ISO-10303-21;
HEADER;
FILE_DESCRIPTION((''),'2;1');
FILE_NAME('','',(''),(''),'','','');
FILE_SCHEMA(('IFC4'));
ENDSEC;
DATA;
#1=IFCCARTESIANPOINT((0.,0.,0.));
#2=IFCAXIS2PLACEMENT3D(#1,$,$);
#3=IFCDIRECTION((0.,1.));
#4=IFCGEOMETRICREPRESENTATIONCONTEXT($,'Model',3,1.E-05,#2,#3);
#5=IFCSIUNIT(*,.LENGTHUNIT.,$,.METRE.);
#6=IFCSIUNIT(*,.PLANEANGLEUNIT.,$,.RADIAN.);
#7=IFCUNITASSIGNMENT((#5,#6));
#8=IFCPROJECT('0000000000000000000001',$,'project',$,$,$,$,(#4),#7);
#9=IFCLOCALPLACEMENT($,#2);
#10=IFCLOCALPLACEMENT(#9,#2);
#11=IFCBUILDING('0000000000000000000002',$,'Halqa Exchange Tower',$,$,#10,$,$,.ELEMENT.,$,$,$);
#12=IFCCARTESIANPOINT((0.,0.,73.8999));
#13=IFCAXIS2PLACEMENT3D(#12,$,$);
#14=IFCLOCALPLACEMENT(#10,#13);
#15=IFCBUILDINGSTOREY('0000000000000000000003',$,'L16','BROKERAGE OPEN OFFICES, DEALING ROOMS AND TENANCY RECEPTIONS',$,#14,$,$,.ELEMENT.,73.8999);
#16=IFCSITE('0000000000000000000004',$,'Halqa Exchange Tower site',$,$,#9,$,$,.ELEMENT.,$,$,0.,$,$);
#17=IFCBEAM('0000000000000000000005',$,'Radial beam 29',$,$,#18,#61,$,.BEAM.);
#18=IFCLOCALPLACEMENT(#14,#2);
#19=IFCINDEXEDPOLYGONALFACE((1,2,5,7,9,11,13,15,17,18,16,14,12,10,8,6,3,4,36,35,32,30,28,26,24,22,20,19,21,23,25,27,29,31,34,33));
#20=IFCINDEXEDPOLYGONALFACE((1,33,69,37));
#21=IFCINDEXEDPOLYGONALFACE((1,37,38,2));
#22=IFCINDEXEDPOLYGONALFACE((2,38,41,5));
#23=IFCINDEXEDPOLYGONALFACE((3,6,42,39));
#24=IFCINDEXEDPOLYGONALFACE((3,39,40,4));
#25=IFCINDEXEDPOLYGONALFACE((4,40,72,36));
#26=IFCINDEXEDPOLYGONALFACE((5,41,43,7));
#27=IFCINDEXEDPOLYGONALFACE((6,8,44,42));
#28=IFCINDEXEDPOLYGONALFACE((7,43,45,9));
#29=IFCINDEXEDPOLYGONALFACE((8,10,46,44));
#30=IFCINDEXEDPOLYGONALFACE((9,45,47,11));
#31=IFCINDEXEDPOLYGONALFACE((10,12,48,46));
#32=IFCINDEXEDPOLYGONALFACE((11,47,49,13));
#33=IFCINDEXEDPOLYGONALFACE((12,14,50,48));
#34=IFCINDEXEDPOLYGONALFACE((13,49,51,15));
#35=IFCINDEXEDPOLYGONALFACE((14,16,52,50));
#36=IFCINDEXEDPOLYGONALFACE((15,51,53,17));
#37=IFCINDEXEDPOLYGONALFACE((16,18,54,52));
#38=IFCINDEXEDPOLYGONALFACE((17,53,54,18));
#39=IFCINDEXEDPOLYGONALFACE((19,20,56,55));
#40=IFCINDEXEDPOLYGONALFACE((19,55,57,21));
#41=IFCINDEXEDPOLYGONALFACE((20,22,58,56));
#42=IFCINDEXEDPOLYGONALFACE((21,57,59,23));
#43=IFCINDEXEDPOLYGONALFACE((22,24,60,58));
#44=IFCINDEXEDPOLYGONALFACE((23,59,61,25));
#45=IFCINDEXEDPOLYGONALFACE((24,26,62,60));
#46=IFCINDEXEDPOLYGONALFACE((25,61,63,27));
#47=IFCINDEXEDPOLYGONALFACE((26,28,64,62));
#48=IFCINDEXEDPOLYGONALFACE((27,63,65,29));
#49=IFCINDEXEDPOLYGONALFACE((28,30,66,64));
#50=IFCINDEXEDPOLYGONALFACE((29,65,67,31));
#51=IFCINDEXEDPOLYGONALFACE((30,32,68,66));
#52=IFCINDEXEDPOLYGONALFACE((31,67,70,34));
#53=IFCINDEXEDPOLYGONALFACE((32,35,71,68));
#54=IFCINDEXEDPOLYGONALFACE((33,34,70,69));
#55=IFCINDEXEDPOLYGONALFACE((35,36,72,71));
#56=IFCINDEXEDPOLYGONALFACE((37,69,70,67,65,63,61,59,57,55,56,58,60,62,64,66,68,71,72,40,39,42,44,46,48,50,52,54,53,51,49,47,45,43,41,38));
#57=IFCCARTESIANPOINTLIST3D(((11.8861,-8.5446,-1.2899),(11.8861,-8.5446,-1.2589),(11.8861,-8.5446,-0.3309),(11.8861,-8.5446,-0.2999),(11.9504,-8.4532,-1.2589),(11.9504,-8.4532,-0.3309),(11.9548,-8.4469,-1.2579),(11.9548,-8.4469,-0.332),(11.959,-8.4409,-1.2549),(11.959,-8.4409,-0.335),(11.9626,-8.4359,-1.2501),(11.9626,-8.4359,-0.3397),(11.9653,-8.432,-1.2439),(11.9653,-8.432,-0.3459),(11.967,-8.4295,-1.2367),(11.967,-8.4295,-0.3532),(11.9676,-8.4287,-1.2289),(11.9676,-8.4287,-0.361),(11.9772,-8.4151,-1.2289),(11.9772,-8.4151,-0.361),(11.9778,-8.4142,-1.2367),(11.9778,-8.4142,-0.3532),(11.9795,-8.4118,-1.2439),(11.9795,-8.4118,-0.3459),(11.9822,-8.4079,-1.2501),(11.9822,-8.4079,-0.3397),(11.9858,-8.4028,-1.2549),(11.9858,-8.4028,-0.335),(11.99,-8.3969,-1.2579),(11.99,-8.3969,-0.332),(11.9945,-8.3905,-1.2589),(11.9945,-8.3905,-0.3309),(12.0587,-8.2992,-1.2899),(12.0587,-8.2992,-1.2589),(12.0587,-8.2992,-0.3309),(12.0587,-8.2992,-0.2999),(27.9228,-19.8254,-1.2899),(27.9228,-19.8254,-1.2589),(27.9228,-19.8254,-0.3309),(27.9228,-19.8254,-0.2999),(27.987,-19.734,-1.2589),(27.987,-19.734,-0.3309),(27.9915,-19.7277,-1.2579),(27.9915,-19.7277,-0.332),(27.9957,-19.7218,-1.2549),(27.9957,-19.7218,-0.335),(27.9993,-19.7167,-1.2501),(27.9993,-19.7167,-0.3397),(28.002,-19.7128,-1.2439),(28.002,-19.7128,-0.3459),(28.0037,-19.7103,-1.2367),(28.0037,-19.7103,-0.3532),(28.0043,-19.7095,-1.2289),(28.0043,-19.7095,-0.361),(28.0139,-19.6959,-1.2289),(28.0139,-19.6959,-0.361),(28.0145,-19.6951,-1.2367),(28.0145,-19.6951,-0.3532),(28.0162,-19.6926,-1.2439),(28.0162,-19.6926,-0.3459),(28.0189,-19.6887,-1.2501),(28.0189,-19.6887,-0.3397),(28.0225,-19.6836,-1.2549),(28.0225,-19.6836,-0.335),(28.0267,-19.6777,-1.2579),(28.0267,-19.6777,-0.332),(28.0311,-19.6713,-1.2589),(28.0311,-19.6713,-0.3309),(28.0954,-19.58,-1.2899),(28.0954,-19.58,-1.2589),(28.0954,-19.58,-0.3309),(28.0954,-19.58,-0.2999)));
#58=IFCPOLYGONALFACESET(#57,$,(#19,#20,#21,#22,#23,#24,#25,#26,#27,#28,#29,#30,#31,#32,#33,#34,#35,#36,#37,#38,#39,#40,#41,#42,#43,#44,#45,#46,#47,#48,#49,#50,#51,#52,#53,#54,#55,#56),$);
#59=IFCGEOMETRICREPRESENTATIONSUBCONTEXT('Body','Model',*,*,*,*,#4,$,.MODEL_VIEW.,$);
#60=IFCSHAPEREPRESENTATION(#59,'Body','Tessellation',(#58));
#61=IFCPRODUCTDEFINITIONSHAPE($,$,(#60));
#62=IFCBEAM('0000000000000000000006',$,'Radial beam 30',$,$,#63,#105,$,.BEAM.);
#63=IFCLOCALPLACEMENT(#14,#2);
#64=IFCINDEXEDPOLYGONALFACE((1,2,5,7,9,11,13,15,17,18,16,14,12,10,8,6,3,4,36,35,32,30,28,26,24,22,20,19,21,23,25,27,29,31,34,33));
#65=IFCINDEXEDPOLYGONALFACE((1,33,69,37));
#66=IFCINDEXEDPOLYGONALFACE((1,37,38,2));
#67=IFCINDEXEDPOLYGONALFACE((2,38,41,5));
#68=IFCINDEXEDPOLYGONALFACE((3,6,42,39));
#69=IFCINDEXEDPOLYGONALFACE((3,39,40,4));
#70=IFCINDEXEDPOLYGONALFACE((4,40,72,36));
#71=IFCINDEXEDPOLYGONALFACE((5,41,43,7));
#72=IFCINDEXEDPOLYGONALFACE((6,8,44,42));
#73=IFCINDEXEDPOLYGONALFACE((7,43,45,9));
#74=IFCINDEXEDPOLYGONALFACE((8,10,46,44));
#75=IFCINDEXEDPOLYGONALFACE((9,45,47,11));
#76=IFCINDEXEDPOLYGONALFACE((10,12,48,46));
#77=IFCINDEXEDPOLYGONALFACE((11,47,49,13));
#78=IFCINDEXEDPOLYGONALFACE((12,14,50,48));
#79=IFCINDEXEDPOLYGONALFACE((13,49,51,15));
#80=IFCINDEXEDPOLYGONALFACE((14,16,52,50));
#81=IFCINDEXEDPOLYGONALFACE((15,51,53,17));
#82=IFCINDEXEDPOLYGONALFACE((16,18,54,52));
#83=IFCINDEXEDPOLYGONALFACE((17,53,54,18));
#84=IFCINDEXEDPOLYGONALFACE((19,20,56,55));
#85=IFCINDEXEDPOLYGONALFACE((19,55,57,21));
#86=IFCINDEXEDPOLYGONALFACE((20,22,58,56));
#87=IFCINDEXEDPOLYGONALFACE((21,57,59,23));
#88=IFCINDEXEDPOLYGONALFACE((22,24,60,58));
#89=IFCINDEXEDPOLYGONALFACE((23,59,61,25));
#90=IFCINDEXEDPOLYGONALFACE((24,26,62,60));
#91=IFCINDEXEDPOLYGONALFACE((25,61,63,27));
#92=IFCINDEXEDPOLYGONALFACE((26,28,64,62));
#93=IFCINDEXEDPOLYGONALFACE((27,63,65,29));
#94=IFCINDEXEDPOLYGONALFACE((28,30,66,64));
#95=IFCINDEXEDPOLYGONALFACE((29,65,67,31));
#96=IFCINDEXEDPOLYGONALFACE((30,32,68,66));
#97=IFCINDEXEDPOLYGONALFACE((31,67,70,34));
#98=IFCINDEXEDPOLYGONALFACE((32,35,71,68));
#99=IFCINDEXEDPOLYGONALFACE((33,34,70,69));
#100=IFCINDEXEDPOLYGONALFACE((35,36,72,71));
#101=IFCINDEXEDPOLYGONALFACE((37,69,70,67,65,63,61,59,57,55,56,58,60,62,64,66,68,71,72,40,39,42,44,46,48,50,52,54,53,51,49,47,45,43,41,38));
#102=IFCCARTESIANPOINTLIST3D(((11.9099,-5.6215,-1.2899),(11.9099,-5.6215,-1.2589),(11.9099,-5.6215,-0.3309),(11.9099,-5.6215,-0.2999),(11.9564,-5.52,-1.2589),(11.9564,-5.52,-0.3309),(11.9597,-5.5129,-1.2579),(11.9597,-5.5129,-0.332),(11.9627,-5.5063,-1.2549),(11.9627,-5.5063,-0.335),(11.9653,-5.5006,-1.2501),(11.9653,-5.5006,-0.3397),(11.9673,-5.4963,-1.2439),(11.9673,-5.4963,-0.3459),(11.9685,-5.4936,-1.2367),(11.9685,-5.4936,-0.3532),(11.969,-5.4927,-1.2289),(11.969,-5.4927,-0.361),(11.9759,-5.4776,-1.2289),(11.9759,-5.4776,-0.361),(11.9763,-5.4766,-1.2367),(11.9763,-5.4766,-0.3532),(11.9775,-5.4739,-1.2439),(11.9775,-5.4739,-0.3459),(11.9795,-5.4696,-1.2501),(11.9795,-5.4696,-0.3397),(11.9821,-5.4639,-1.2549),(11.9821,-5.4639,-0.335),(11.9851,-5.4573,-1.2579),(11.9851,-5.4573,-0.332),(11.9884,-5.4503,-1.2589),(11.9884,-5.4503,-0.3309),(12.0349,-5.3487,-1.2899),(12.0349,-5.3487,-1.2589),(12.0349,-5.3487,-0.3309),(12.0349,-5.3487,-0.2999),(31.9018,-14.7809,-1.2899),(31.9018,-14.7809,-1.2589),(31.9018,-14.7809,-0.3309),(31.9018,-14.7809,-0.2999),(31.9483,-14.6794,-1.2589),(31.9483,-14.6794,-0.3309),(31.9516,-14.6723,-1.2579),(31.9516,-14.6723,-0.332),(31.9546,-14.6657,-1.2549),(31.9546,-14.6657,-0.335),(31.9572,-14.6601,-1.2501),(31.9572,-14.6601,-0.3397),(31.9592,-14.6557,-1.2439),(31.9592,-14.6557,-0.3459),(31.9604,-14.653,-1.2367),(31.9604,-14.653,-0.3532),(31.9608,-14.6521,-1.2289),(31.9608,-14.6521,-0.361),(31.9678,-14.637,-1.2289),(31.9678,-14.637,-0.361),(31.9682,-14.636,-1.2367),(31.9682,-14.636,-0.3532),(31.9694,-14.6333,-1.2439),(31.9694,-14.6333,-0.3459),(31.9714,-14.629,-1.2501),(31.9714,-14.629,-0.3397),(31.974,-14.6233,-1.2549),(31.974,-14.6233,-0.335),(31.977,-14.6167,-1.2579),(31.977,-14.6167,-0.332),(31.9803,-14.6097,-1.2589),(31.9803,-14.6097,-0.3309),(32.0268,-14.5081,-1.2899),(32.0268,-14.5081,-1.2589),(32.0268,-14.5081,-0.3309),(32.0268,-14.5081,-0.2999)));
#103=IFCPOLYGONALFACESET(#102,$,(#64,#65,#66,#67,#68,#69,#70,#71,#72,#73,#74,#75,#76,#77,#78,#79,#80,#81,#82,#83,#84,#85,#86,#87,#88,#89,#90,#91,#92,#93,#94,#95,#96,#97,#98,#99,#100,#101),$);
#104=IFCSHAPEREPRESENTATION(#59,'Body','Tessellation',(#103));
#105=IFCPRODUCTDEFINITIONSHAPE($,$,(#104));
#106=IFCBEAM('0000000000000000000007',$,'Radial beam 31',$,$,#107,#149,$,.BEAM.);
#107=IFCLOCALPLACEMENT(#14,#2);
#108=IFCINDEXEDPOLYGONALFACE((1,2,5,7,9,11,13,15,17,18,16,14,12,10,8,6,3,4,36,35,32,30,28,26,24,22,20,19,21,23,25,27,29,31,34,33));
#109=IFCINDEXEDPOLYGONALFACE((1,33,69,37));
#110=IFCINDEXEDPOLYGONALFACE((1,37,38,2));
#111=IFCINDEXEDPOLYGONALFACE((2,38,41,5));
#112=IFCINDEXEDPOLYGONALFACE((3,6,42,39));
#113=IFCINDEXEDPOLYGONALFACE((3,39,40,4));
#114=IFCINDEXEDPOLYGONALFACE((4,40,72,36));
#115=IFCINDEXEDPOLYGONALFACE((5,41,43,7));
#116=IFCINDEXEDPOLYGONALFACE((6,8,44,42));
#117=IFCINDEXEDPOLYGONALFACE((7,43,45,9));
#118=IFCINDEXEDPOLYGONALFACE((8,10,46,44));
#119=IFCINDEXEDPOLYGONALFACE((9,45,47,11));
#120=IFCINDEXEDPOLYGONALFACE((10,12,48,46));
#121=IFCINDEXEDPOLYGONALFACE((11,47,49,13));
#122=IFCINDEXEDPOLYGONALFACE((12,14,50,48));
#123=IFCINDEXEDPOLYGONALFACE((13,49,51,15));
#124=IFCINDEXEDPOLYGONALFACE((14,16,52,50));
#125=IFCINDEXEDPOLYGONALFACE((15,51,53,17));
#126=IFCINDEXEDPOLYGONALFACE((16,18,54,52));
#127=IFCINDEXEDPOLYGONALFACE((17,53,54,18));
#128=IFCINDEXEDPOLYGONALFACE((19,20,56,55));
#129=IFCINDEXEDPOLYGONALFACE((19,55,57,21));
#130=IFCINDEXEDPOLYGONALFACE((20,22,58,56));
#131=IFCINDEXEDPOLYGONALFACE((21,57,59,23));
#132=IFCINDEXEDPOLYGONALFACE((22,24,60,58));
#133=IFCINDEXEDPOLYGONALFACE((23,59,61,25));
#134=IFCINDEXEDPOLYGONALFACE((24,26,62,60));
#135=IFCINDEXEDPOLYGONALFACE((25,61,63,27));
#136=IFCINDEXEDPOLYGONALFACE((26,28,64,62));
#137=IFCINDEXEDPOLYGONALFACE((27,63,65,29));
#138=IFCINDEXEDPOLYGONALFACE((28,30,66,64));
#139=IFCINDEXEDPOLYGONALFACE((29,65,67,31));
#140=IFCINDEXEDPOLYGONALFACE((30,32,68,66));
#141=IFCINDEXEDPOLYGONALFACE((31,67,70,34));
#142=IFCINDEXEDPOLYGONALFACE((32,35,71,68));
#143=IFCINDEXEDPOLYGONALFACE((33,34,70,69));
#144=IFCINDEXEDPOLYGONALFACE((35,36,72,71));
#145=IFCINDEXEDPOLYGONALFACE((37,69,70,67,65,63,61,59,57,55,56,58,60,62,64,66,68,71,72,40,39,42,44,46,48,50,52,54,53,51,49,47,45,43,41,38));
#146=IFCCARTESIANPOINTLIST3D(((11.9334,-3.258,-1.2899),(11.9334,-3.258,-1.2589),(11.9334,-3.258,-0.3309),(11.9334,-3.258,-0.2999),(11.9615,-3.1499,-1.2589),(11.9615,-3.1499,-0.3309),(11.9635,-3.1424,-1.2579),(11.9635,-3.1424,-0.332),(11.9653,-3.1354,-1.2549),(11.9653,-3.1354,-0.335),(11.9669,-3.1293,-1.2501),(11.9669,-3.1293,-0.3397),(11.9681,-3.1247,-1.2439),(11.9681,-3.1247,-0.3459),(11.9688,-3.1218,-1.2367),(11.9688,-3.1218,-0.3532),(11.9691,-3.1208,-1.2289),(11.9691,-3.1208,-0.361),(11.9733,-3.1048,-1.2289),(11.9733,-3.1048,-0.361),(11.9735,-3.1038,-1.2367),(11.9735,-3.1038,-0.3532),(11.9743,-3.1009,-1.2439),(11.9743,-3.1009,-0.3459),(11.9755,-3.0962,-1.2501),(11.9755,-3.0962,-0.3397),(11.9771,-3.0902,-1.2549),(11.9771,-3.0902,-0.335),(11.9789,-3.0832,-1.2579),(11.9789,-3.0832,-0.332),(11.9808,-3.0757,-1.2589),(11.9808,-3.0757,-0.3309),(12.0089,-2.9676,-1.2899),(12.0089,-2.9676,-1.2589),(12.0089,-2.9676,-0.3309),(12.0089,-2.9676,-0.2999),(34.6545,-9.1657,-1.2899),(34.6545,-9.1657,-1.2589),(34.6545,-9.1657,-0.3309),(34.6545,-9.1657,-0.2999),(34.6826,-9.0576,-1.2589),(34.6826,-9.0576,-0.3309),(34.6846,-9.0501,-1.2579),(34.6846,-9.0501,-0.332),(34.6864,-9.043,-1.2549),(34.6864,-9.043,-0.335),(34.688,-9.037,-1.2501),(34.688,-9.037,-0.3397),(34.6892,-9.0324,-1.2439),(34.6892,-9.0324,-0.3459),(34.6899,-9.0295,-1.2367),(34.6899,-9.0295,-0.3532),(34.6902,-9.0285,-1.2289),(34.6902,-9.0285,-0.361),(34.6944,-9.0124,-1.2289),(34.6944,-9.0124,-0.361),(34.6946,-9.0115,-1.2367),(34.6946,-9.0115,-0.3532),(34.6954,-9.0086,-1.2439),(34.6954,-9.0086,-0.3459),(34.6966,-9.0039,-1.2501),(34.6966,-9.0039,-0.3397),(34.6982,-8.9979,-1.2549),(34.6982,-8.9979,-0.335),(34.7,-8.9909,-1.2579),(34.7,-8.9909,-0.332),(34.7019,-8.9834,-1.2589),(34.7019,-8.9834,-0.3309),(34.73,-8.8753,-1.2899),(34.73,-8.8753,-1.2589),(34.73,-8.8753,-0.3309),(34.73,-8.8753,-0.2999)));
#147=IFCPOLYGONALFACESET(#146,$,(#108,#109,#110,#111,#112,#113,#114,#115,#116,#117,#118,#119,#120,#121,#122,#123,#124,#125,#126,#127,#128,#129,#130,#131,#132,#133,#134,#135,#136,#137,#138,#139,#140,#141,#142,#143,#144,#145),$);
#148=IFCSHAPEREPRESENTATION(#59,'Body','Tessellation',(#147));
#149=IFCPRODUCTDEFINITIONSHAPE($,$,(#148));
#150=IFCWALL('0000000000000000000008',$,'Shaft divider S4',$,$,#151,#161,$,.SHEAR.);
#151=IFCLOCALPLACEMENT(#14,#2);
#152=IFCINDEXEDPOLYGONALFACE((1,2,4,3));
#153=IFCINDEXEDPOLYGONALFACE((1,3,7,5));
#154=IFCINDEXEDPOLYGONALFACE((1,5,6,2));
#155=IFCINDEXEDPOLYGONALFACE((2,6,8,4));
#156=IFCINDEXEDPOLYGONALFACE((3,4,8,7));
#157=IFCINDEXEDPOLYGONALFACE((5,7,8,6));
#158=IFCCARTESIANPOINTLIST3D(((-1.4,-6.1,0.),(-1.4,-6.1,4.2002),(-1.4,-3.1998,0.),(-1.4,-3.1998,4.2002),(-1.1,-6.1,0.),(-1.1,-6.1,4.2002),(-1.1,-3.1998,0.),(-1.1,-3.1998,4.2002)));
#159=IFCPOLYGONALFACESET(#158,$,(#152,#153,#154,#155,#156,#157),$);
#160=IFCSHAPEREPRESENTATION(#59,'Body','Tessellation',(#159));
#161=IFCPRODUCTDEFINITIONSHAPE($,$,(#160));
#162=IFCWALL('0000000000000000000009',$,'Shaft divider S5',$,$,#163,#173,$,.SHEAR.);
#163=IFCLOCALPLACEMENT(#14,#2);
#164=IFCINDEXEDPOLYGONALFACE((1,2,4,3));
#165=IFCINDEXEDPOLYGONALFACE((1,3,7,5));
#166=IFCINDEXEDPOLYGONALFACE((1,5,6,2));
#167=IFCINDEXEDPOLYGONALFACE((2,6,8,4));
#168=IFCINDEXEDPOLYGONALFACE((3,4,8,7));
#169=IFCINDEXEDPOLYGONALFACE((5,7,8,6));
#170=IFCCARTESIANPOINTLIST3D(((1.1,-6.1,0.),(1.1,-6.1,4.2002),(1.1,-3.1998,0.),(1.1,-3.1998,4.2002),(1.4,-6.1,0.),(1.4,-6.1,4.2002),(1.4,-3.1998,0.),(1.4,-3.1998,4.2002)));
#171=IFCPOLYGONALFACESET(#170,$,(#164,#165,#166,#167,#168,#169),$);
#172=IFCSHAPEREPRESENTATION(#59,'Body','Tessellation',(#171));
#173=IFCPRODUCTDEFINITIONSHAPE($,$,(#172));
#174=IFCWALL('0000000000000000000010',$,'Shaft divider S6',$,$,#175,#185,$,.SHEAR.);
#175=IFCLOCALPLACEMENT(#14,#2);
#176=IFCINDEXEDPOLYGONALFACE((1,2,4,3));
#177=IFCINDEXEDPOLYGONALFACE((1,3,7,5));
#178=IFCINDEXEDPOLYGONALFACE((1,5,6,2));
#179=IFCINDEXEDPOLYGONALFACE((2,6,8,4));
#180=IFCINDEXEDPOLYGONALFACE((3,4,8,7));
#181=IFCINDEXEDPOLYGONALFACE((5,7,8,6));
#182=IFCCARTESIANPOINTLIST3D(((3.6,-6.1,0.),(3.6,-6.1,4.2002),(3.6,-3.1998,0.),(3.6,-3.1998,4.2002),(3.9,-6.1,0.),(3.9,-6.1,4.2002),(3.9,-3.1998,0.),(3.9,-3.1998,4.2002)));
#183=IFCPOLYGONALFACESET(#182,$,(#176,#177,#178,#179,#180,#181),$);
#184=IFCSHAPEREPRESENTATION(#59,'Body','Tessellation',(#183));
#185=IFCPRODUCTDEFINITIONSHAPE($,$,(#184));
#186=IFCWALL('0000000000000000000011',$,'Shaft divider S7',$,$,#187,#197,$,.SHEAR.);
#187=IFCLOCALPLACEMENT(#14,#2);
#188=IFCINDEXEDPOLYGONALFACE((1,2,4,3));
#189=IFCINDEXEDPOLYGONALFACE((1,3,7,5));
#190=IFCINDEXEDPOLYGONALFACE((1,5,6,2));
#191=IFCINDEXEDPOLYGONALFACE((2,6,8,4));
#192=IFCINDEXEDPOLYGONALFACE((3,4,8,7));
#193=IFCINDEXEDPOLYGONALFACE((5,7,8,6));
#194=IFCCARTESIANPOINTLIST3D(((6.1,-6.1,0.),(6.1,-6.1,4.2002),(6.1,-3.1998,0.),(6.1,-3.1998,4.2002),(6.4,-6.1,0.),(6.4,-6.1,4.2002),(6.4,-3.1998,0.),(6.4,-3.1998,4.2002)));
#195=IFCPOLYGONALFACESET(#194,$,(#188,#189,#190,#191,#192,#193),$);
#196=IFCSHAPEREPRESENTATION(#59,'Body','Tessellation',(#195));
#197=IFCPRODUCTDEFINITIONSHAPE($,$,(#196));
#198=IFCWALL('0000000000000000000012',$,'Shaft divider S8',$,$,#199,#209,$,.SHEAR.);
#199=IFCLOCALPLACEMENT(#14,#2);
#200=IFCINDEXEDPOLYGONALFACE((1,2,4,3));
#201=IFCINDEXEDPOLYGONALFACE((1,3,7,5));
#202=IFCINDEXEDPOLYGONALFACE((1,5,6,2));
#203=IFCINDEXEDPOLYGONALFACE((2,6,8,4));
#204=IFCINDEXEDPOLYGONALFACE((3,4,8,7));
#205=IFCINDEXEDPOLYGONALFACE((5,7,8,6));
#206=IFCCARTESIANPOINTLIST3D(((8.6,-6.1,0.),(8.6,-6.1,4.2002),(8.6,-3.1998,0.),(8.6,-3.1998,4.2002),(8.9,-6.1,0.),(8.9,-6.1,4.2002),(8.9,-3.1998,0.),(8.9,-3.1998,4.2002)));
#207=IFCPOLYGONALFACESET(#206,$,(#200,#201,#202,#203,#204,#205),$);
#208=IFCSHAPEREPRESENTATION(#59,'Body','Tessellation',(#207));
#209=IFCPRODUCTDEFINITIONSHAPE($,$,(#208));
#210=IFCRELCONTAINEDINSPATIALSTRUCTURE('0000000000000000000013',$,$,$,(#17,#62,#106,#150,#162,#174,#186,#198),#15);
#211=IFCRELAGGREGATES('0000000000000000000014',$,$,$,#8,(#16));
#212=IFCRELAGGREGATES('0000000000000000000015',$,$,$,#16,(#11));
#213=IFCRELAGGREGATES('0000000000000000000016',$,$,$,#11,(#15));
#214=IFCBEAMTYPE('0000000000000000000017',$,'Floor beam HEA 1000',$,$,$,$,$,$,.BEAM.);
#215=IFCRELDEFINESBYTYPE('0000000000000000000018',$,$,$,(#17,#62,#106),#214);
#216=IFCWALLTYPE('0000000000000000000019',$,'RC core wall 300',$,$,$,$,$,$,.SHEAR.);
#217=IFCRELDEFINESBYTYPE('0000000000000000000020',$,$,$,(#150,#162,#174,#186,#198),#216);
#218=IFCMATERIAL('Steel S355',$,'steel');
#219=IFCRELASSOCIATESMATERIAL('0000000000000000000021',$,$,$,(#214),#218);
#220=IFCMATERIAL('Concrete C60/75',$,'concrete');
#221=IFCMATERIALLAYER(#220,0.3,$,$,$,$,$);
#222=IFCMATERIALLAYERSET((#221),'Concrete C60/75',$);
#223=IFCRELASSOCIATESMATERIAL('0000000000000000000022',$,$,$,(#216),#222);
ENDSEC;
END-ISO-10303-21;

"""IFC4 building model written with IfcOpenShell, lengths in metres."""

from ifc_helpers import new_model, si_unit, direction, frame, frame_2d, origin, origin_2d, place, context, subcontext, project, spatial, rectangle, i_section, extrude, material, layer, layer_set, material_profile, profile_set, type_object, element, save


model = new_model("IFC4")

# Units and contexts
model_context = context("Model", 3, precision=1e-05, world=origin(), true_north=direction((0.0, 1.0)))
body_context = subcontext(model_context, "Body", "Model", "MODEL_VIEW")
ifc_project = project(units=[si_unit("LENGTHUNIT", "METRE"), si_unit("PLANEANGLEUNIT", "RADIAN")], contexts=[model_context])

# Site, building, storey
site_placement = place(None, origin())
site = spatial("IfcSite", under=ifc_project, at=site_placement, Name="Halqa Exchange Tower site", CompositionType="ELEMENT", RefElevation=0.0)
building_placement = place(site_placement, origin())
building = spatial("IfcBuilding", under=site, at=building_placement, Name="Halqa Exchange Tower", CompositionType="ELEMENT")
storey_placement = place(building_placement, frame((0.0, 0.0, 73.8999)))
storey = spatial("IfcBuildingStorey", under=building, at=storey_placement, Name="L16", Description="BROKERAGE OPEN OFFICES, DEALING ROOMS AND TENANCY RECEPTIONS", CompositionType="ELEMENT", Elevation=73.8999)

# Beams
ifc_material_1 = material(Name="Steel S355", Category="steel")
ifc_material_profile = material_profile(ifc_material_1, i_section(OverallWidth=0.3, OverallDepth=0.99, WebThickness=0.0166, FlangeThickness=0.031, FilletRadius=0.03, at=origin_2d()), Name="HEA 1000")
ifc_profile_set = profile_set([ifc_material_profile], Name="Steel S355")
beam_type = type_object("IfcBeamType", Name="Floor beam HEA 1000", PredefinedType="BEAM", material=ifc_profile_set)
beam_1_placement = place(storey_placement, frame((11.9724, -8.4219, -0.7949), z_axis=(0.817909, -0.575348, 0.0), x_axis=(0.575348, 0.817909, 0.0)))
element("IfcBeam", 1, at=beam_1_placement, inside=storey, type_object=beam_type, Name="Radial beam 29", PredefinedType="BEAM", context=body_context, shape_type="SweptSolid", body=[
    extrude(i_section(OverallWidth=0.3, OverallDepth=0.99, WebThickness=0.0166, FlangeThickness=0.031, FilletRadius=0.03, at=origin_2d()), origin(), (0.0, 0.0, 1.0), 19.6069),
])
beam_2_placement = place(storey_placement, frame((11.9724, -5.4851, -0.7949), z_axis=(0.909126, -0.416521, 0.0), x_axis=(0.416521, 0.909126, 0.0)))
element("IfcBeam", 2, at=beam_2_placement, inside=storey, type_object=beam_type, Name="Radial beam 30", PredefinedType="BEAM", context=body_context, shape_type="SweptSolid", body=[
    extrude(i_section(OverallWidth=0.3, OverallDepth=0.99, WebThickness=0.0166, FlangeThickness=0.031, FilletRadius=0.03, at=origin_2d()), origin(), (0.0, 0.0, 1.0), 21.9902),
])
beam_3_placement = place(storey_placement, frame((11.9712, -3.1128, -0.7949), z_axis=(0.96782, -0.251642, 0.0), x_axis=(0.251642, 0.96782, 0.0)))
element("IfcBeam", 3, at=beam_3_placement, inside=storey, type_object=beam_type, Name="Radial beam 31", PredefinedType="BEAM", context=body_context, shape_type="SweptSolid", body=[
    extrude(i_section(OverallWidth=0.3, OverallDepth=0.99, WebThickness=0.0166, FlangeThickness=0.031, FilletRadius=0.03, at=origin_2d()), origin(), (0.0, 0.0, 1.0), 23.4766),
])

# Walls
ifc_material_2 = material(Name="Concrete C60/75", Category="concrete")
ifc_layer_1 = layer(ifc_material_2, 0.3)
ifc_layer_set_1 = layer_set([ifc_layer_1], Name="Concrete C60/75")
wall_type_1 = type_object("IfcWallType", Name="RC core wall 300", PredefinedType="SHEAR", material=ifc_layer_set_1)
for number, where, z_axis, x_axis, name in (
    (4, (-1.25, -6.1001, 0.0), (0.0, 0.0, 1.0), (0.0, 1.0, 0.0), "Shaft divider S4"),
    (5, (1.25, -6.1001, 0.0), (0.0, 0.0, 1.0), (0.0, 1.0, 0.0), "Shaft divider S5"),
    (6, (3.75, -6.1001, 0.0), (0.0, 0.0, 1.0), (0.0, 1.0, 0.0), "Shaft divider S6"),
    (7, (6.25, -6.1001, 0.0), (0.0, 0.0, 1.0), (0.0, 1.0, 0.0), "Shaft divider S7"),
    (8, (8.75, -6.1001, 0.0), (0.0, 0.0, 1.0), (0.0, 1.0, 0.0), "Shaft divider S8"),
):
    element("IfcWall", number, at=place(storey_placement, frame(where, z_axis=z_axis, x_axis=x_axis)), inside=storey, type_object=wall_type_1, Name=name, PredefinedType="SHEAR", context=body_context, shape_type="SweptSolid", body=[
        extrude(rectangle(XDim=2.9001, YDim=0.3, at=frame_2d((1.4502, 0.0))), origin(), (0.0, 0.0, 1.0), 4.2002),
    ])

save(model, "model.ifc")
